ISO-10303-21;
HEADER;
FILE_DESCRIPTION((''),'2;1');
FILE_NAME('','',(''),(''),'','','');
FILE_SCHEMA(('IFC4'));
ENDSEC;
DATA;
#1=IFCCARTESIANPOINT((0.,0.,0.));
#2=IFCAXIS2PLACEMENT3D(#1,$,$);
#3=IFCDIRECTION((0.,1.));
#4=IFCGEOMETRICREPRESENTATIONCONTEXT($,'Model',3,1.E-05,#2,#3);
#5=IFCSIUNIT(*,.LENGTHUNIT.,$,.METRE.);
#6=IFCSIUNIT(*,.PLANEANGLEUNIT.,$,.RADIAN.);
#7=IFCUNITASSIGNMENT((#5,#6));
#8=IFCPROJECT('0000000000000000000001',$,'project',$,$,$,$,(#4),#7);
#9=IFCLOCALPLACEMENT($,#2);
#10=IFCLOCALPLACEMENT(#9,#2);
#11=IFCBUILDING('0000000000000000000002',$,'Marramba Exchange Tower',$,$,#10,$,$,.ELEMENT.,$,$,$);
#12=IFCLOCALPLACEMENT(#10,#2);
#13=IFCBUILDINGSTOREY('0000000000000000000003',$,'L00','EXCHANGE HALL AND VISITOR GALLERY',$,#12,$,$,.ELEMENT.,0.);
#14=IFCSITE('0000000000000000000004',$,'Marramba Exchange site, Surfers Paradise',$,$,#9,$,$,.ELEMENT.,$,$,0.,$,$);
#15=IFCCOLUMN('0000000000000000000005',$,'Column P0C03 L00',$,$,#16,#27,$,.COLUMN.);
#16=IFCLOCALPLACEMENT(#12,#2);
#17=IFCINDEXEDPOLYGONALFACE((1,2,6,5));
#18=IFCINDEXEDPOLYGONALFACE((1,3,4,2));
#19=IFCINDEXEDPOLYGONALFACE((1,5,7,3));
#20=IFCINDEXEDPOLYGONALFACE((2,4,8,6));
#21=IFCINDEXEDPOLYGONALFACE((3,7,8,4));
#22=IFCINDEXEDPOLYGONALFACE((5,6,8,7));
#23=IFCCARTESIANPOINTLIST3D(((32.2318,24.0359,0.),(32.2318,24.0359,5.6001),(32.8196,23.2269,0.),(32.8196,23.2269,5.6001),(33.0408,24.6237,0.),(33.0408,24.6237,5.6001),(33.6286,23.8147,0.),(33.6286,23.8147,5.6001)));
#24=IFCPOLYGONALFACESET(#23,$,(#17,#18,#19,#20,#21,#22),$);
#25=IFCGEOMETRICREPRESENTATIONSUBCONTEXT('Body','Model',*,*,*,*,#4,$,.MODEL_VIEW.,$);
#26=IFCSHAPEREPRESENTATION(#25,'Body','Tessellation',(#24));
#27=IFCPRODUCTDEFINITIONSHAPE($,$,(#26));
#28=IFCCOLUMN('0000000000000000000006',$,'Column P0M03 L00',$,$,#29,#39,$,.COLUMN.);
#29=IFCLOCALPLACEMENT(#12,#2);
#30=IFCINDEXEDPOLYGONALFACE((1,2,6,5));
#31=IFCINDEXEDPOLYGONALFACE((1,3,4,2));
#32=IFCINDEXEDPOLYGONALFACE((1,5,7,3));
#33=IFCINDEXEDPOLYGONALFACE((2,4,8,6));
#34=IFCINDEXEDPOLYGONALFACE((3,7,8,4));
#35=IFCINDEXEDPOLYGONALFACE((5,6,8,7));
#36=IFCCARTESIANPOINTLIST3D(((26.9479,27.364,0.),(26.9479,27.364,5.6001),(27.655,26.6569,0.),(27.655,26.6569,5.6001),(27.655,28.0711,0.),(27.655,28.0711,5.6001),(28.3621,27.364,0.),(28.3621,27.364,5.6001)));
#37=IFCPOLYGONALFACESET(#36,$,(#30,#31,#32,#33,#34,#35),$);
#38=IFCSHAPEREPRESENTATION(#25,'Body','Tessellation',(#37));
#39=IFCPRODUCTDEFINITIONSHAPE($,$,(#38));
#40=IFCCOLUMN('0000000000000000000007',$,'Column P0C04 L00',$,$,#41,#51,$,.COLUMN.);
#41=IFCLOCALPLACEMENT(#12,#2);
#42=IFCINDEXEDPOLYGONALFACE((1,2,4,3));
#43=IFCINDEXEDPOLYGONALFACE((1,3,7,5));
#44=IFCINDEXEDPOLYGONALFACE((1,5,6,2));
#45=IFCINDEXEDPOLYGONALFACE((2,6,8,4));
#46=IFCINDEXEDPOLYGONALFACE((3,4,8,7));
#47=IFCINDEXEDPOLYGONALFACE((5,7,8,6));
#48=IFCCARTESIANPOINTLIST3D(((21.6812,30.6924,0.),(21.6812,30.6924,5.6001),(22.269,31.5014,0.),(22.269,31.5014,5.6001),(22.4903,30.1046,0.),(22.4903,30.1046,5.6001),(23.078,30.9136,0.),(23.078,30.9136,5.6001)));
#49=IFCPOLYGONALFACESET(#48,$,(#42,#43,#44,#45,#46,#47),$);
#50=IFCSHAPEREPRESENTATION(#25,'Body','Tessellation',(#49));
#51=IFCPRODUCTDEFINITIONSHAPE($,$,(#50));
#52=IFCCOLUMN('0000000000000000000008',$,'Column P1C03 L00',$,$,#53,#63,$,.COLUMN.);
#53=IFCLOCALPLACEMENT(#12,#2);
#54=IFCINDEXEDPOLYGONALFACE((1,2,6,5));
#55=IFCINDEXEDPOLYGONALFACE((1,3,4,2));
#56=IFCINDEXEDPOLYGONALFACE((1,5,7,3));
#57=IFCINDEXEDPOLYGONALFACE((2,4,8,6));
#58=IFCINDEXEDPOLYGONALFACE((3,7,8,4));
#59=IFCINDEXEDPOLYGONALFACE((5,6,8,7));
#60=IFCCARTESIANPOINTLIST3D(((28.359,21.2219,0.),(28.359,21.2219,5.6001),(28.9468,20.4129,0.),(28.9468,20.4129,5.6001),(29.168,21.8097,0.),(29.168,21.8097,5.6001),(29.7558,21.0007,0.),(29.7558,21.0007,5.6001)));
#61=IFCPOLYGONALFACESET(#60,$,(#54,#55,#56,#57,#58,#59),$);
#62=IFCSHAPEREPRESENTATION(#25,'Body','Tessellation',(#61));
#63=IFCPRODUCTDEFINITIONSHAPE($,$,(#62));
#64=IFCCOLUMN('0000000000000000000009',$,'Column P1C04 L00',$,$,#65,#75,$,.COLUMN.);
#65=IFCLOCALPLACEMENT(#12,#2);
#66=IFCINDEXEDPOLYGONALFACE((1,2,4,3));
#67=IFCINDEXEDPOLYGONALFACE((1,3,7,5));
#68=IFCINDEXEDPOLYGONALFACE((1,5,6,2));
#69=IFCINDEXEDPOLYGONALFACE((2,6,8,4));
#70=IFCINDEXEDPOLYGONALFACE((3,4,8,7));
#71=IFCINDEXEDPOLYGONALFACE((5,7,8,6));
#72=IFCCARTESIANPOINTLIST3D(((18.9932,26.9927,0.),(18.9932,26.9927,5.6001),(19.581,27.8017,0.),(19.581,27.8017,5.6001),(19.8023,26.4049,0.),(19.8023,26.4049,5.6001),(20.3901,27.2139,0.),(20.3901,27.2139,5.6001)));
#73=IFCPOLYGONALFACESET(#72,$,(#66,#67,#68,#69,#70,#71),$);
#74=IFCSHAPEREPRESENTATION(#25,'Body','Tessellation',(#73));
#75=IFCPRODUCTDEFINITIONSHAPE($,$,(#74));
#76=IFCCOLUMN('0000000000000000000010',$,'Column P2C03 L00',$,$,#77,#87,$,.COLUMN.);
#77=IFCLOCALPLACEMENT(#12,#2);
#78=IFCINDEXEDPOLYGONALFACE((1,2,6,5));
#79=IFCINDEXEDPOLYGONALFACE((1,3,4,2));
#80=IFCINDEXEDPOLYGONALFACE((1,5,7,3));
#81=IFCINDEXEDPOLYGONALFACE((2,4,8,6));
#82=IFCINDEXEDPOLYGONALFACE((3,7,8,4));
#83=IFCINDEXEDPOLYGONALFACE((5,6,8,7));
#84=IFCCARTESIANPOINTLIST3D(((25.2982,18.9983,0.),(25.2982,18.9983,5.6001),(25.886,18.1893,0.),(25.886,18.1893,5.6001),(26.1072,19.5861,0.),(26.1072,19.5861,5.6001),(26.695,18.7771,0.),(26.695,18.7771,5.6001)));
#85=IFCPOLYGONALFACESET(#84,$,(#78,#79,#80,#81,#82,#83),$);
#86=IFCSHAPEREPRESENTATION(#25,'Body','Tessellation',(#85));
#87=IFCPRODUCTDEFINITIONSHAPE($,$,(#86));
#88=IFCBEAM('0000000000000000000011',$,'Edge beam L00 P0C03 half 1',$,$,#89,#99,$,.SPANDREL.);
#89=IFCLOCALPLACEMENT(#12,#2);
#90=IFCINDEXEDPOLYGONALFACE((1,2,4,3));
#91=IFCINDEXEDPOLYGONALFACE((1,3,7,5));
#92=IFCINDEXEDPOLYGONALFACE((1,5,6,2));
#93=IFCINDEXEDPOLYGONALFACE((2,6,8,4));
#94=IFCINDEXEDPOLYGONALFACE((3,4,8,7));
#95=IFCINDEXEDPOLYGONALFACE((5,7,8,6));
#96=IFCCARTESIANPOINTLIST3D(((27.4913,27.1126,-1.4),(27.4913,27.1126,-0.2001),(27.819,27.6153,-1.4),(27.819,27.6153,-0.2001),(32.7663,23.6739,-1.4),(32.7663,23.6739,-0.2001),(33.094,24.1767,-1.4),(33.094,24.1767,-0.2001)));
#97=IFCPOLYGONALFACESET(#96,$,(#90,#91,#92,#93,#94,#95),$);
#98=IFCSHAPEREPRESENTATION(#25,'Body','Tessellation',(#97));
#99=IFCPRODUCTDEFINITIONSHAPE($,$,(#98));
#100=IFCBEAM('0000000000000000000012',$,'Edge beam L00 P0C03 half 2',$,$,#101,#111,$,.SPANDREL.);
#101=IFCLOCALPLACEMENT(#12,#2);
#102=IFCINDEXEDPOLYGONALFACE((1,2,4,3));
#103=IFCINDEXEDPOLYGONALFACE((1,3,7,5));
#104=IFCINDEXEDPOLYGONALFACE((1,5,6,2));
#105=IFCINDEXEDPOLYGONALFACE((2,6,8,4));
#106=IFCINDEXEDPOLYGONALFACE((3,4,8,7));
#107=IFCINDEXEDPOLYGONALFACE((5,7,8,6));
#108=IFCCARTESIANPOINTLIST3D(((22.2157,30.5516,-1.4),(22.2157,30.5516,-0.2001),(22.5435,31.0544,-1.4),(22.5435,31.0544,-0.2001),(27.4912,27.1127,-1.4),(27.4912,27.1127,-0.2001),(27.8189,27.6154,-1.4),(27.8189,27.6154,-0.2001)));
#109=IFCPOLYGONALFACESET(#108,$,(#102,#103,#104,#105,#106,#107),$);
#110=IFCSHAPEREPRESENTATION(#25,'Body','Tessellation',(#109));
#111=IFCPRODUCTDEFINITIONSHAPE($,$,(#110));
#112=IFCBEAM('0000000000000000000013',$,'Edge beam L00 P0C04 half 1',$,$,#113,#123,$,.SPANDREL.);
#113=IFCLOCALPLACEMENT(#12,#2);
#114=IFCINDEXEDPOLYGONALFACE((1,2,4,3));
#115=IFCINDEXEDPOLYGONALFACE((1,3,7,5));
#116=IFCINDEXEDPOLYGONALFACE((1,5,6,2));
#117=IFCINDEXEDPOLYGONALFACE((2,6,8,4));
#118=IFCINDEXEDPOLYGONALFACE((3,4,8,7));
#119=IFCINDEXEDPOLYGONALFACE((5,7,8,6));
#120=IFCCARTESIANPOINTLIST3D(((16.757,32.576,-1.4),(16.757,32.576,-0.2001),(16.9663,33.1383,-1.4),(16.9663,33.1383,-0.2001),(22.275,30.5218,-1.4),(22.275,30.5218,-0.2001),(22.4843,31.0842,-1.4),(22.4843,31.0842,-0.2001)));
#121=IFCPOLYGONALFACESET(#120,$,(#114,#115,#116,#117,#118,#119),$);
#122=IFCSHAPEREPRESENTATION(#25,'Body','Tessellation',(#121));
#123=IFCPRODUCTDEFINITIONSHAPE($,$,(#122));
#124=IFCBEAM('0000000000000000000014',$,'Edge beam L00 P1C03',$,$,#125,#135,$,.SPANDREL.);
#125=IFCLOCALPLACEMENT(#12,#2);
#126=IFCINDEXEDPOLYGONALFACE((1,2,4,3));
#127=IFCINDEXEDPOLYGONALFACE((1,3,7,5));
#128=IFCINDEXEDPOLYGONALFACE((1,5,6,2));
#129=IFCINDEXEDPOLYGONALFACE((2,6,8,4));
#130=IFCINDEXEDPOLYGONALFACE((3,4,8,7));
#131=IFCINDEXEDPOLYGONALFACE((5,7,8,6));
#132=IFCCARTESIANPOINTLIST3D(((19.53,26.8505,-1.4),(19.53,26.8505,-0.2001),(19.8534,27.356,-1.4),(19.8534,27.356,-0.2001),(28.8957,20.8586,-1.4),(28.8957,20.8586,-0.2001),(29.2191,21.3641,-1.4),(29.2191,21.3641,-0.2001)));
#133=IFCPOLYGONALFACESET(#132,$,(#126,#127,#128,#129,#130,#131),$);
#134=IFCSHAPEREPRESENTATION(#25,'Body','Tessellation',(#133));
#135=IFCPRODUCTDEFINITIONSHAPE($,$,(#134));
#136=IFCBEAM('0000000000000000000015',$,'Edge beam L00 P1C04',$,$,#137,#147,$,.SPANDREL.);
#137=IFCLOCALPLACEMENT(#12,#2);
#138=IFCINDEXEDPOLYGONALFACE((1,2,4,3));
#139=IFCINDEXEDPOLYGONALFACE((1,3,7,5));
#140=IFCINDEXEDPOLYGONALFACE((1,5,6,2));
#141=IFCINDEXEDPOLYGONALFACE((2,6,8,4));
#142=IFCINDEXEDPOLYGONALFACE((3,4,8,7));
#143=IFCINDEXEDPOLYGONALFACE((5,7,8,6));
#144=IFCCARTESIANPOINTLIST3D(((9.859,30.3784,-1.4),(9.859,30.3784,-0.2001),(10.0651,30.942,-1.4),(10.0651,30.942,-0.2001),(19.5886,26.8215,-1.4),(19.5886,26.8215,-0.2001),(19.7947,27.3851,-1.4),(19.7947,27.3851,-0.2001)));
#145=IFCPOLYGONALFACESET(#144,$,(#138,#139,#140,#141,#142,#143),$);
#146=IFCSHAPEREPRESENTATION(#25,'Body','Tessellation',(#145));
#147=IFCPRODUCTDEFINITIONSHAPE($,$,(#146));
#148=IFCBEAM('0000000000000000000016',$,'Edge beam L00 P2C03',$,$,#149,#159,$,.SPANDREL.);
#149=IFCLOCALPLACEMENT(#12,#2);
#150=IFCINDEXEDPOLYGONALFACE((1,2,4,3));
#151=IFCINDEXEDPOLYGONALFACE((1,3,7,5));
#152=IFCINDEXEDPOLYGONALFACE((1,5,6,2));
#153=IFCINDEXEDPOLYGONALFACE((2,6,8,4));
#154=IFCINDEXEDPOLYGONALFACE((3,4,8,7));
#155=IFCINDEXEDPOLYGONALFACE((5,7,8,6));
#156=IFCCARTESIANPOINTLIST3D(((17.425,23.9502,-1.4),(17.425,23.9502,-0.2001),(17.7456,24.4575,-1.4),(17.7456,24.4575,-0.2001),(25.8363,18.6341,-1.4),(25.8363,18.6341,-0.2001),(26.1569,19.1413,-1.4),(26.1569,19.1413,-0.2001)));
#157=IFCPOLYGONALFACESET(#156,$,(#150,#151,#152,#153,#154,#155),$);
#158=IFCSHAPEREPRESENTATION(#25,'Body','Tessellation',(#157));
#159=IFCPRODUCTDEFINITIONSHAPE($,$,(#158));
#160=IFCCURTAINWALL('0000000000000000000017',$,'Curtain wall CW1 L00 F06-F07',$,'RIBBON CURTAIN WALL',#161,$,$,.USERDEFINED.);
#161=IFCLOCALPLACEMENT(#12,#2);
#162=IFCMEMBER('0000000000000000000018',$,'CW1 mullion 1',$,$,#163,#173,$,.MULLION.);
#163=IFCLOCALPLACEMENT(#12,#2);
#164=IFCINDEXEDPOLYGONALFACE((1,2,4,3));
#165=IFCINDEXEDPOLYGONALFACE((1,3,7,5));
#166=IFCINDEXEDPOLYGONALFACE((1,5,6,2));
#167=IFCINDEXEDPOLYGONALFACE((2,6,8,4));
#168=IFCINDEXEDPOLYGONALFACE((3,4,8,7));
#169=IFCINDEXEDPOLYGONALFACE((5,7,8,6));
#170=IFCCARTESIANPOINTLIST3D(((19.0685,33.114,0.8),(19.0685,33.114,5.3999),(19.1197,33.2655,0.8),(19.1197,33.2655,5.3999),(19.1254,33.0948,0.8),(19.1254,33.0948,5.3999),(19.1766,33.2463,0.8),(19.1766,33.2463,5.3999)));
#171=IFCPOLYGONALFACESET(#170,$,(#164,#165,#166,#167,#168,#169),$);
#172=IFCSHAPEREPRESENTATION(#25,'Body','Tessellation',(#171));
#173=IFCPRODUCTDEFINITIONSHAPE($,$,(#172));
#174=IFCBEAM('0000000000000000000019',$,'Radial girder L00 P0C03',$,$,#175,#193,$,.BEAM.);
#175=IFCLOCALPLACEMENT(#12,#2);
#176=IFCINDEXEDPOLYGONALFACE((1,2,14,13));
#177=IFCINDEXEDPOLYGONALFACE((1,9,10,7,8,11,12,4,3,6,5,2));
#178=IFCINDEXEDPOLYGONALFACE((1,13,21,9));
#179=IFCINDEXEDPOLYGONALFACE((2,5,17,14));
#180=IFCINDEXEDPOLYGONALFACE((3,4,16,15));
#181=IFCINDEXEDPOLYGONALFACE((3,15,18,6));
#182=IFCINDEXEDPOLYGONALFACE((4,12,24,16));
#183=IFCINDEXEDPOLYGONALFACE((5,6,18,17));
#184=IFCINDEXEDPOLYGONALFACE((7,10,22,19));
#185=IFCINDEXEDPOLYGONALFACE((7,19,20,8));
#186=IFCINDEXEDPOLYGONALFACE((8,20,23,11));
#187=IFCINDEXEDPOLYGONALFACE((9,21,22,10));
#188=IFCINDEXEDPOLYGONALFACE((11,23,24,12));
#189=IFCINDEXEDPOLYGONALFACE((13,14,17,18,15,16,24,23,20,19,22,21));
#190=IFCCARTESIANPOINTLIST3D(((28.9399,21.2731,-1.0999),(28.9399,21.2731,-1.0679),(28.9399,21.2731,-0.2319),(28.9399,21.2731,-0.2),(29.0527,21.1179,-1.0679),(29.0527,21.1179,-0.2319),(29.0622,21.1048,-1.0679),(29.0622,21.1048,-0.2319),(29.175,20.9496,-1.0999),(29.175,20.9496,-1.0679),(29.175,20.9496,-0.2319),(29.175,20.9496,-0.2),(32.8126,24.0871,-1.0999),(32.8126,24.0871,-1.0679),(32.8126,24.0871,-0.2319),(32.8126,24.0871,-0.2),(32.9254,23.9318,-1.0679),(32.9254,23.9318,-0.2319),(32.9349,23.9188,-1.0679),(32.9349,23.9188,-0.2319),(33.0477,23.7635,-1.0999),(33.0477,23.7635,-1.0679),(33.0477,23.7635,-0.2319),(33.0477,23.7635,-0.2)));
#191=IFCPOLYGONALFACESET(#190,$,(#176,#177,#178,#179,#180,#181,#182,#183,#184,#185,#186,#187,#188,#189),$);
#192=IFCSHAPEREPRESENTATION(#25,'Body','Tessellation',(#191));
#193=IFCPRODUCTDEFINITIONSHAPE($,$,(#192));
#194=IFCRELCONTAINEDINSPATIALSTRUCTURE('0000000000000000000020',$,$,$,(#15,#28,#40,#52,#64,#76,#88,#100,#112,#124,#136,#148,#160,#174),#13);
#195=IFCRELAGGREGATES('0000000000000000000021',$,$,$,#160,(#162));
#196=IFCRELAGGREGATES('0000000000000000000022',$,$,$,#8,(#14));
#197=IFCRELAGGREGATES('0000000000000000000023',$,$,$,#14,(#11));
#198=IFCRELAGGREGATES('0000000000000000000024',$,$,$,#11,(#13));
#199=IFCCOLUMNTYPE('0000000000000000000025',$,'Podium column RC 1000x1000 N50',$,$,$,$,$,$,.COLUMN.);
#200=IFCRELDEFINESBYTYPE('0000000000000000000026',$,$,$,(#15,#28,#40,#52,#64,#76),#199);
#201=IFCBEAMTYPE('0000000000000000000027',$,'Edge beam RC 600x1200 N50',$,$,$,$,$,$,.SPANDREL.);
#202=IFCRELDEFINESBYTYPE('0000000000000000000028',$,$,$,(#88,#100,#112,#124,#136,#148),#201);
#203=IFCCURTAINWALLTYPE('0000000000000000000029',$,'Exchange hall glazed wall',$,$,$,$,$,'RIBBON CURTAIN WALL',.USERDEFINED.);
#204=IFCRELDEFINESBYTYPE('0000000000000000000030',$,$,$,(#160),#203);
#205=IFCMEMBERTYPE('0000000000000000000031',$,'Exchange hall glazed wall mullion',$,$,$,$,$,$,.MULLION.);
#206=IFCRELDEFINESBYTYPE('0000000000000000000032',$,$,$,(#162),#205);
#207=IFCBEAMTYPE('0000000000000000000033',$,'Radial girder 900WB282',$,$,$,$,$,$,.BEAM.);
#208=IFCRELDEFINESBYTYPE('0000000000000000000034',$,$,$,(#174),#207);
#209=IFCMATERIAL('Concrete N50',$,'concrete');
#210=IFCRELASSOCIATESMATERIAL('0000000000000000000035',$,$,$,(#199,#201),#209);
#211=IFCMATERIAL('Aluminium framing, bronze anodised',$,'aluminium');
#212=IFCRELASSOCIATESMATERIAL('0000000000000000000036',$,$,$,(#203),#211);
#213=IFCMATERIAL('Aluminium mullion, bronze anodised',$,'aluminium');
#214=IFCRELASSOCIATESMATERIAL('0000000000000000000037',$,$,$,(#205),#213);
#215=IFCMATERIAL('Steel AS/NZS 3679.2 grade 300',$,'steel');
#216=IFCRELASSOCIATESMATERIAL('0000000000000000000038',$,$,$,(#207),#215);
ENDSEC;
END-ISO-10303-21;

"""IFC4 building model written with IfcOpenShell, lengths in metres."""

from ifc_helpers import new_model, si_unit, direction, frame, origin, origin_2d, place, context, subcontext, project, spatial, rectangle, i_section, extrude, material, material_profile, profile_set, type_object, element, aggregate, save


model = new_model("IFC4")

# Units and contexts
model_context = context("Model", 3, precision=1e-05, world=origin(), true_north=direction((0.0, 1.0)))
body_context = subcontext(model_context, "Body", "Model", "MODEL_VIEW")
ifc_project = project(units=[si_unit("LENGTHUNIT", "METRE"), si_unit("PLANEANGLEUNIT", "RADIAN")], contexts=[model_context])

# Site, building, storey
site_placement = place(None, origin())
site = spatial("IfcSite", under=ifc_project, at=site_placement, Name="Marramba Exchange site, Surfers Paradise", CompositionType="ELEMENT", RefElevation=0.0)
building_placement = place(site_placement, origin())
building = spatial("IfcBuilding", under=site, at=building_placement, Name="Marramba Exchange Tower", CompositionType="ELEMENT")
storey_placement = place(building_placement, origin())
storey = spatial("IfcBuildingStorey", under=building, at=storey_placement, Name="L00", Description="EXCHANGE HALL AND VISITOR GALLERY", CompositionType="ELEMENT", Elevation=0.0)

# Columns
ifc_material_1 = material(Name="Concrete N50", Category="concrete")
ifc_material_profile_1 = material_profile(ifc_material_1, rectangle(XDim=1.0, YDim=1.0, at=origin_2d()), Name="RC 1000x1000")
ifc_profile_set_1 = profile_set([ifc_material_profile_1], Name="Concrete N50")
column_type = type_object("IfcColumnType", Name="Podium column RC 1000x1000 N50", PredefinedType="COLUMN", material=ifc_profile_set_1)
for number, where, z_axis, x_axis, name in (
    (1, (32.9302, 23.9253, 0.0), (0.0, 0.0, 1.0), (0.809017, 0.587785, 0.0), "Column P0C03 L00"),
    (2, (27.655, 27.364, 0.0), (0.0, 0.0, 1.0), (0.707107, 0.707107, 0.0), "Column P0M03 L00"),
    (3, (22.3796, 30.803, 0.0), (0.0, 0.0, 1.0), (0.587785, 0.809017, 0.0), "Column P0C04 L00"),
    (4, (29.0574, 21.1113, 0.0), (0.0, 0.0, 1.0), (0.809017, 0.587785, 0.0), "Column P1C03 L00"),
    (5, (19.6917, 27.1033, 0.0), (0.0, 0.0, 1.0), (0.587785, 0.809017, 0.0), "Column P1C04 L00"),
    (6, (25.9966, 18.8877, 0.0), (0.0, 0.0, 1.0), (0.809017, 0.587785, 0.0), "Column P2C03 L00"),
):
    element("IfcColumn", number, at=place(storey_placement, frame(where, z_axis=z_axis, x_axis=x_axis)), inside=storey, type_object=column_type, Name=name, PredefinedType="COLUMN", context=body_context, shape_type="SweptSolid", body=[
        extrude(rectangle(XDim=1.0, YDim=1.0, at=origin_2d()), origin(), (0.0, 0.0, 1.0), 5.6001),
    ])

# Beams
ifc_material_profile_2 = material_profile(ifc_material_1, rectangle(XDim=0.6001, YDim=1.2, at=origin_2d()), Name="RC 600x1200")
ifc_profile_set_2 = profile_set([ifc_material_profile_2], Name="Concrete N50")
beam_type_1 = type_object("IfcBeamType", Name="Edge beam RC 600x1200 N50", PredefinedType="SPANDREL", material=ifc_profile_set_2)
beam_1_placement = place(storey_placement, frame((32.9302, 23.9253, -0.8), z_axis=(-0.837726, 0.54609, 0.0), x_axis=(-0.54609, -0.837726, 0.0)))
element("IfcBeam", 7, at=beam_1_placement, inside=storey, type_object=beam_type_1, Name="Edge beam L00 P0C03 half 1", PredefinedType="SPANDREL", context=body_context, shape_type="SweptSolid", body=[
    extrude(rectangle(XDim=0.6001, YDim=1.2, at=origin_2d()), origin(), (0.0, 0.0, 1.0), 6.2969),
])
beam_2_placement = place(storey_placement, frame((27.655, 27.364, -0.8), z_axis=(-0.83772, 0.5461, 0.0), x_axis=(-0.5461, -0.83772, 0.0)))
element("IfcBeam", 8, at=beam_2_placement, inside=storey, type_object=beam_type_1, Name="Edge beam L00 P0C03 half 2", PredefinedType="SPANDREL", context=body_context, shape_type="SweptSolid", body=[
    extrude(rectangle(XDim=0.6001, YDim=1.2, at=origin_2d()), origin(), (0.0, 0.0, 1.0), 6.2974),
])
beam_3_placement = place(storey_placement, frame((22.3796, 30.803, -0.8), z_axis=(-0.937168, 0.348878, 0.0), x_axis=(-0.348878, -0.937168, 0.0)))
element("IfcBeam", 9, at=beam_3_placement, inside=storey, type_object=beam_type_1, Name="Edge beam L00 P0C04 half 1", PredefinedType="SPANDREL", context=body_context, shape_type="SweptSolid", body=[
    extrude(rectangle(XDim=0.6001, YDim=1.2, at=origin_2d()), origin(), (0.0, 0.0, 1.0), 5.8879),
])
beam_4_placement = place(storey_placement, frame((29.0574, 21.1113, -0.8), z_axis=(-0.842358, 0.538918, 0.0), x_axis=(-0.538918, -0.842358, 0.0)))
element("IfcBeam", 10, at=beam_4_placement, inside=storey, type_object=beam_type_1, Name="Edge beam L00 P1C03", PredefinedType="SPANDREL", context=body_context, shape_type="SweptSolid", body=[
    extrude(rectangle(XDim=0.6001, YDim=1.2, at=origin_2d()), origin(), (0.0, 0.0, 1.0), 11.1184),
])
beam_5_placement = place(storey_placement, frame((19.6917, 27.1033, -0.8), z_axis=(-0.939206, 0.343353, 0.0), x_axis=(-0.343353, -0.939206, 0.0)))
element("IfcBeam", 11, at=beam_5_placement, inside=storey, type_object=beam_type_1, Name="Edge beam L00 P1C04", PredefinedType="SPANDREL", context=body_context, shape_type="SweptSolid", body=[
    extrude(rectangle(XDim=0.6001, YDim=1.2, at=origin_2d()), origin(), (0.0, 0.0, 1.0), 10.3594),
])
beam_6_placement = place(storey_placement, frame((25.9966, 18.8877, -0.8), z_axis=(-0.84532, 0.53426, 0.0), x_axis=(-0.53426, -0.84532, 0.0)))
element("IfcBeam", 12, at=beam_6_placement, inside=storey, type_object=beam_type_1, Name="Edge beam L00 P2C03", PredefinedType="SPANDREL", context=body_context, shape_type="SweptSolid", body=[
    extrude(rectangle(XDim=0.6001, YDim=1.2, at=origin_2d()), origin(), (0.0, 0.0, 1.0), 9.9504),
])

# Curtain wall, member
ifc_material_2 = material(Name="Aluminium framing, bronze anodised", Category="aluminium")
curtain_wall_type = type_object("IfcCurtainWallType", Name="Exchange hall glazed wall", ElementType="RIBBON CURTAIN WALL", PredefinedType="USERDEFINED", material=ifc_material_2)
curtain_wall_placement = place(storey_placement, origin())
curtain_wall = element("IfcCurtainWall", 13, at=curtain_wall_placement, inside=storey, type_object=curtain_wall_type, Name="Curtain wall CW1 L00 F06-F07", ObjectType="RIBBON CURTAIN WALL", PredefinedType="USERDEFINED")
ifc_material_3 = material(Name="Aluminium mullion, bronze anodised", Category="aluminium")
ifc_material_profile_3 = material_profile(ifc_material_3, rectangle(XDim=0.1599, YDim=0.0601, at=origin_2d()), Name="CW1 mullion 60x160")
ifc_profile_set_3 = profile_set([ifc_material_profile_3], Name="Aluminium mullion, bronze anodised")
member_type = type_object("IfcMemberType", Name="Exchange hall glazed wall mullion", PredefinedType="MULLION", material=ifc_profile_set_3)
member_placement = place(storey_placement, frame((19.1226, 33.1802, 0.8), z_axis=(0.0, 0.0, 1.0), x_axis=(-0.320105, -0.947382, 0.0)))
member = element("IfcMember", 14, at=member_placement, type_object=member_type, Name="CW1 mullion 1", PredefinedType="MULLION", context=body_context, shape_type="SweptSolid", body=[
    extrude(rectangle(XDim=0.1599, YDim=0.0601, at=origin_2d()), origin(), (0.0, 0.0, 1.0), 4.5999),
])
aggregate(curtain_wall, [member])

# Beam
ifc_material_4 = material(Name="Steel AS/NZS 3679.2 grade 300", Category="steel")
ifc_material_profile_4 = material_profile(ifc_material_4, i_section(OverallWidth=0.3999, OverallDepth=0.8999, WebThickness=0.0161, FlangeThickness=0.032, at=origin_2d()), Name="900WB282")
ifc_profile_set_4 = profile_set([ifc_material_profile_4], Name="Steel AS/NZS 3679.2 grade 300")
beam_type_2 = type_object("IfcBeamType", Name="Radial girder 900WB282", PredefinedType="BEAM", material=ifc_profile_set_4)
beam_7_placement = place(storey_placement, frame((32.9302, 23.9253, -0.6499), z_axis=(-0.808996, -0.587814, 0.0), x_axis=(0.587814, -0.808996, 0.0)))
element("IfcBeam", 15, at=beam_7_placement, inside=storey, type_object=beam_type_2, Name="Radial girder L00 P0C03", PredefinedType="BEAM", context=body_context, shape_type="SweptSolid", body=[
    extrude(i_section(OverallWidth=0.3999, OverallDepth=0.8999, WebThickness=0.0161, FlangeThickness=0.032, at=origin_2d()), origin(), (0.0, 0.0, 1.0), 4.7871),
])

save(model, "model.ifc")
